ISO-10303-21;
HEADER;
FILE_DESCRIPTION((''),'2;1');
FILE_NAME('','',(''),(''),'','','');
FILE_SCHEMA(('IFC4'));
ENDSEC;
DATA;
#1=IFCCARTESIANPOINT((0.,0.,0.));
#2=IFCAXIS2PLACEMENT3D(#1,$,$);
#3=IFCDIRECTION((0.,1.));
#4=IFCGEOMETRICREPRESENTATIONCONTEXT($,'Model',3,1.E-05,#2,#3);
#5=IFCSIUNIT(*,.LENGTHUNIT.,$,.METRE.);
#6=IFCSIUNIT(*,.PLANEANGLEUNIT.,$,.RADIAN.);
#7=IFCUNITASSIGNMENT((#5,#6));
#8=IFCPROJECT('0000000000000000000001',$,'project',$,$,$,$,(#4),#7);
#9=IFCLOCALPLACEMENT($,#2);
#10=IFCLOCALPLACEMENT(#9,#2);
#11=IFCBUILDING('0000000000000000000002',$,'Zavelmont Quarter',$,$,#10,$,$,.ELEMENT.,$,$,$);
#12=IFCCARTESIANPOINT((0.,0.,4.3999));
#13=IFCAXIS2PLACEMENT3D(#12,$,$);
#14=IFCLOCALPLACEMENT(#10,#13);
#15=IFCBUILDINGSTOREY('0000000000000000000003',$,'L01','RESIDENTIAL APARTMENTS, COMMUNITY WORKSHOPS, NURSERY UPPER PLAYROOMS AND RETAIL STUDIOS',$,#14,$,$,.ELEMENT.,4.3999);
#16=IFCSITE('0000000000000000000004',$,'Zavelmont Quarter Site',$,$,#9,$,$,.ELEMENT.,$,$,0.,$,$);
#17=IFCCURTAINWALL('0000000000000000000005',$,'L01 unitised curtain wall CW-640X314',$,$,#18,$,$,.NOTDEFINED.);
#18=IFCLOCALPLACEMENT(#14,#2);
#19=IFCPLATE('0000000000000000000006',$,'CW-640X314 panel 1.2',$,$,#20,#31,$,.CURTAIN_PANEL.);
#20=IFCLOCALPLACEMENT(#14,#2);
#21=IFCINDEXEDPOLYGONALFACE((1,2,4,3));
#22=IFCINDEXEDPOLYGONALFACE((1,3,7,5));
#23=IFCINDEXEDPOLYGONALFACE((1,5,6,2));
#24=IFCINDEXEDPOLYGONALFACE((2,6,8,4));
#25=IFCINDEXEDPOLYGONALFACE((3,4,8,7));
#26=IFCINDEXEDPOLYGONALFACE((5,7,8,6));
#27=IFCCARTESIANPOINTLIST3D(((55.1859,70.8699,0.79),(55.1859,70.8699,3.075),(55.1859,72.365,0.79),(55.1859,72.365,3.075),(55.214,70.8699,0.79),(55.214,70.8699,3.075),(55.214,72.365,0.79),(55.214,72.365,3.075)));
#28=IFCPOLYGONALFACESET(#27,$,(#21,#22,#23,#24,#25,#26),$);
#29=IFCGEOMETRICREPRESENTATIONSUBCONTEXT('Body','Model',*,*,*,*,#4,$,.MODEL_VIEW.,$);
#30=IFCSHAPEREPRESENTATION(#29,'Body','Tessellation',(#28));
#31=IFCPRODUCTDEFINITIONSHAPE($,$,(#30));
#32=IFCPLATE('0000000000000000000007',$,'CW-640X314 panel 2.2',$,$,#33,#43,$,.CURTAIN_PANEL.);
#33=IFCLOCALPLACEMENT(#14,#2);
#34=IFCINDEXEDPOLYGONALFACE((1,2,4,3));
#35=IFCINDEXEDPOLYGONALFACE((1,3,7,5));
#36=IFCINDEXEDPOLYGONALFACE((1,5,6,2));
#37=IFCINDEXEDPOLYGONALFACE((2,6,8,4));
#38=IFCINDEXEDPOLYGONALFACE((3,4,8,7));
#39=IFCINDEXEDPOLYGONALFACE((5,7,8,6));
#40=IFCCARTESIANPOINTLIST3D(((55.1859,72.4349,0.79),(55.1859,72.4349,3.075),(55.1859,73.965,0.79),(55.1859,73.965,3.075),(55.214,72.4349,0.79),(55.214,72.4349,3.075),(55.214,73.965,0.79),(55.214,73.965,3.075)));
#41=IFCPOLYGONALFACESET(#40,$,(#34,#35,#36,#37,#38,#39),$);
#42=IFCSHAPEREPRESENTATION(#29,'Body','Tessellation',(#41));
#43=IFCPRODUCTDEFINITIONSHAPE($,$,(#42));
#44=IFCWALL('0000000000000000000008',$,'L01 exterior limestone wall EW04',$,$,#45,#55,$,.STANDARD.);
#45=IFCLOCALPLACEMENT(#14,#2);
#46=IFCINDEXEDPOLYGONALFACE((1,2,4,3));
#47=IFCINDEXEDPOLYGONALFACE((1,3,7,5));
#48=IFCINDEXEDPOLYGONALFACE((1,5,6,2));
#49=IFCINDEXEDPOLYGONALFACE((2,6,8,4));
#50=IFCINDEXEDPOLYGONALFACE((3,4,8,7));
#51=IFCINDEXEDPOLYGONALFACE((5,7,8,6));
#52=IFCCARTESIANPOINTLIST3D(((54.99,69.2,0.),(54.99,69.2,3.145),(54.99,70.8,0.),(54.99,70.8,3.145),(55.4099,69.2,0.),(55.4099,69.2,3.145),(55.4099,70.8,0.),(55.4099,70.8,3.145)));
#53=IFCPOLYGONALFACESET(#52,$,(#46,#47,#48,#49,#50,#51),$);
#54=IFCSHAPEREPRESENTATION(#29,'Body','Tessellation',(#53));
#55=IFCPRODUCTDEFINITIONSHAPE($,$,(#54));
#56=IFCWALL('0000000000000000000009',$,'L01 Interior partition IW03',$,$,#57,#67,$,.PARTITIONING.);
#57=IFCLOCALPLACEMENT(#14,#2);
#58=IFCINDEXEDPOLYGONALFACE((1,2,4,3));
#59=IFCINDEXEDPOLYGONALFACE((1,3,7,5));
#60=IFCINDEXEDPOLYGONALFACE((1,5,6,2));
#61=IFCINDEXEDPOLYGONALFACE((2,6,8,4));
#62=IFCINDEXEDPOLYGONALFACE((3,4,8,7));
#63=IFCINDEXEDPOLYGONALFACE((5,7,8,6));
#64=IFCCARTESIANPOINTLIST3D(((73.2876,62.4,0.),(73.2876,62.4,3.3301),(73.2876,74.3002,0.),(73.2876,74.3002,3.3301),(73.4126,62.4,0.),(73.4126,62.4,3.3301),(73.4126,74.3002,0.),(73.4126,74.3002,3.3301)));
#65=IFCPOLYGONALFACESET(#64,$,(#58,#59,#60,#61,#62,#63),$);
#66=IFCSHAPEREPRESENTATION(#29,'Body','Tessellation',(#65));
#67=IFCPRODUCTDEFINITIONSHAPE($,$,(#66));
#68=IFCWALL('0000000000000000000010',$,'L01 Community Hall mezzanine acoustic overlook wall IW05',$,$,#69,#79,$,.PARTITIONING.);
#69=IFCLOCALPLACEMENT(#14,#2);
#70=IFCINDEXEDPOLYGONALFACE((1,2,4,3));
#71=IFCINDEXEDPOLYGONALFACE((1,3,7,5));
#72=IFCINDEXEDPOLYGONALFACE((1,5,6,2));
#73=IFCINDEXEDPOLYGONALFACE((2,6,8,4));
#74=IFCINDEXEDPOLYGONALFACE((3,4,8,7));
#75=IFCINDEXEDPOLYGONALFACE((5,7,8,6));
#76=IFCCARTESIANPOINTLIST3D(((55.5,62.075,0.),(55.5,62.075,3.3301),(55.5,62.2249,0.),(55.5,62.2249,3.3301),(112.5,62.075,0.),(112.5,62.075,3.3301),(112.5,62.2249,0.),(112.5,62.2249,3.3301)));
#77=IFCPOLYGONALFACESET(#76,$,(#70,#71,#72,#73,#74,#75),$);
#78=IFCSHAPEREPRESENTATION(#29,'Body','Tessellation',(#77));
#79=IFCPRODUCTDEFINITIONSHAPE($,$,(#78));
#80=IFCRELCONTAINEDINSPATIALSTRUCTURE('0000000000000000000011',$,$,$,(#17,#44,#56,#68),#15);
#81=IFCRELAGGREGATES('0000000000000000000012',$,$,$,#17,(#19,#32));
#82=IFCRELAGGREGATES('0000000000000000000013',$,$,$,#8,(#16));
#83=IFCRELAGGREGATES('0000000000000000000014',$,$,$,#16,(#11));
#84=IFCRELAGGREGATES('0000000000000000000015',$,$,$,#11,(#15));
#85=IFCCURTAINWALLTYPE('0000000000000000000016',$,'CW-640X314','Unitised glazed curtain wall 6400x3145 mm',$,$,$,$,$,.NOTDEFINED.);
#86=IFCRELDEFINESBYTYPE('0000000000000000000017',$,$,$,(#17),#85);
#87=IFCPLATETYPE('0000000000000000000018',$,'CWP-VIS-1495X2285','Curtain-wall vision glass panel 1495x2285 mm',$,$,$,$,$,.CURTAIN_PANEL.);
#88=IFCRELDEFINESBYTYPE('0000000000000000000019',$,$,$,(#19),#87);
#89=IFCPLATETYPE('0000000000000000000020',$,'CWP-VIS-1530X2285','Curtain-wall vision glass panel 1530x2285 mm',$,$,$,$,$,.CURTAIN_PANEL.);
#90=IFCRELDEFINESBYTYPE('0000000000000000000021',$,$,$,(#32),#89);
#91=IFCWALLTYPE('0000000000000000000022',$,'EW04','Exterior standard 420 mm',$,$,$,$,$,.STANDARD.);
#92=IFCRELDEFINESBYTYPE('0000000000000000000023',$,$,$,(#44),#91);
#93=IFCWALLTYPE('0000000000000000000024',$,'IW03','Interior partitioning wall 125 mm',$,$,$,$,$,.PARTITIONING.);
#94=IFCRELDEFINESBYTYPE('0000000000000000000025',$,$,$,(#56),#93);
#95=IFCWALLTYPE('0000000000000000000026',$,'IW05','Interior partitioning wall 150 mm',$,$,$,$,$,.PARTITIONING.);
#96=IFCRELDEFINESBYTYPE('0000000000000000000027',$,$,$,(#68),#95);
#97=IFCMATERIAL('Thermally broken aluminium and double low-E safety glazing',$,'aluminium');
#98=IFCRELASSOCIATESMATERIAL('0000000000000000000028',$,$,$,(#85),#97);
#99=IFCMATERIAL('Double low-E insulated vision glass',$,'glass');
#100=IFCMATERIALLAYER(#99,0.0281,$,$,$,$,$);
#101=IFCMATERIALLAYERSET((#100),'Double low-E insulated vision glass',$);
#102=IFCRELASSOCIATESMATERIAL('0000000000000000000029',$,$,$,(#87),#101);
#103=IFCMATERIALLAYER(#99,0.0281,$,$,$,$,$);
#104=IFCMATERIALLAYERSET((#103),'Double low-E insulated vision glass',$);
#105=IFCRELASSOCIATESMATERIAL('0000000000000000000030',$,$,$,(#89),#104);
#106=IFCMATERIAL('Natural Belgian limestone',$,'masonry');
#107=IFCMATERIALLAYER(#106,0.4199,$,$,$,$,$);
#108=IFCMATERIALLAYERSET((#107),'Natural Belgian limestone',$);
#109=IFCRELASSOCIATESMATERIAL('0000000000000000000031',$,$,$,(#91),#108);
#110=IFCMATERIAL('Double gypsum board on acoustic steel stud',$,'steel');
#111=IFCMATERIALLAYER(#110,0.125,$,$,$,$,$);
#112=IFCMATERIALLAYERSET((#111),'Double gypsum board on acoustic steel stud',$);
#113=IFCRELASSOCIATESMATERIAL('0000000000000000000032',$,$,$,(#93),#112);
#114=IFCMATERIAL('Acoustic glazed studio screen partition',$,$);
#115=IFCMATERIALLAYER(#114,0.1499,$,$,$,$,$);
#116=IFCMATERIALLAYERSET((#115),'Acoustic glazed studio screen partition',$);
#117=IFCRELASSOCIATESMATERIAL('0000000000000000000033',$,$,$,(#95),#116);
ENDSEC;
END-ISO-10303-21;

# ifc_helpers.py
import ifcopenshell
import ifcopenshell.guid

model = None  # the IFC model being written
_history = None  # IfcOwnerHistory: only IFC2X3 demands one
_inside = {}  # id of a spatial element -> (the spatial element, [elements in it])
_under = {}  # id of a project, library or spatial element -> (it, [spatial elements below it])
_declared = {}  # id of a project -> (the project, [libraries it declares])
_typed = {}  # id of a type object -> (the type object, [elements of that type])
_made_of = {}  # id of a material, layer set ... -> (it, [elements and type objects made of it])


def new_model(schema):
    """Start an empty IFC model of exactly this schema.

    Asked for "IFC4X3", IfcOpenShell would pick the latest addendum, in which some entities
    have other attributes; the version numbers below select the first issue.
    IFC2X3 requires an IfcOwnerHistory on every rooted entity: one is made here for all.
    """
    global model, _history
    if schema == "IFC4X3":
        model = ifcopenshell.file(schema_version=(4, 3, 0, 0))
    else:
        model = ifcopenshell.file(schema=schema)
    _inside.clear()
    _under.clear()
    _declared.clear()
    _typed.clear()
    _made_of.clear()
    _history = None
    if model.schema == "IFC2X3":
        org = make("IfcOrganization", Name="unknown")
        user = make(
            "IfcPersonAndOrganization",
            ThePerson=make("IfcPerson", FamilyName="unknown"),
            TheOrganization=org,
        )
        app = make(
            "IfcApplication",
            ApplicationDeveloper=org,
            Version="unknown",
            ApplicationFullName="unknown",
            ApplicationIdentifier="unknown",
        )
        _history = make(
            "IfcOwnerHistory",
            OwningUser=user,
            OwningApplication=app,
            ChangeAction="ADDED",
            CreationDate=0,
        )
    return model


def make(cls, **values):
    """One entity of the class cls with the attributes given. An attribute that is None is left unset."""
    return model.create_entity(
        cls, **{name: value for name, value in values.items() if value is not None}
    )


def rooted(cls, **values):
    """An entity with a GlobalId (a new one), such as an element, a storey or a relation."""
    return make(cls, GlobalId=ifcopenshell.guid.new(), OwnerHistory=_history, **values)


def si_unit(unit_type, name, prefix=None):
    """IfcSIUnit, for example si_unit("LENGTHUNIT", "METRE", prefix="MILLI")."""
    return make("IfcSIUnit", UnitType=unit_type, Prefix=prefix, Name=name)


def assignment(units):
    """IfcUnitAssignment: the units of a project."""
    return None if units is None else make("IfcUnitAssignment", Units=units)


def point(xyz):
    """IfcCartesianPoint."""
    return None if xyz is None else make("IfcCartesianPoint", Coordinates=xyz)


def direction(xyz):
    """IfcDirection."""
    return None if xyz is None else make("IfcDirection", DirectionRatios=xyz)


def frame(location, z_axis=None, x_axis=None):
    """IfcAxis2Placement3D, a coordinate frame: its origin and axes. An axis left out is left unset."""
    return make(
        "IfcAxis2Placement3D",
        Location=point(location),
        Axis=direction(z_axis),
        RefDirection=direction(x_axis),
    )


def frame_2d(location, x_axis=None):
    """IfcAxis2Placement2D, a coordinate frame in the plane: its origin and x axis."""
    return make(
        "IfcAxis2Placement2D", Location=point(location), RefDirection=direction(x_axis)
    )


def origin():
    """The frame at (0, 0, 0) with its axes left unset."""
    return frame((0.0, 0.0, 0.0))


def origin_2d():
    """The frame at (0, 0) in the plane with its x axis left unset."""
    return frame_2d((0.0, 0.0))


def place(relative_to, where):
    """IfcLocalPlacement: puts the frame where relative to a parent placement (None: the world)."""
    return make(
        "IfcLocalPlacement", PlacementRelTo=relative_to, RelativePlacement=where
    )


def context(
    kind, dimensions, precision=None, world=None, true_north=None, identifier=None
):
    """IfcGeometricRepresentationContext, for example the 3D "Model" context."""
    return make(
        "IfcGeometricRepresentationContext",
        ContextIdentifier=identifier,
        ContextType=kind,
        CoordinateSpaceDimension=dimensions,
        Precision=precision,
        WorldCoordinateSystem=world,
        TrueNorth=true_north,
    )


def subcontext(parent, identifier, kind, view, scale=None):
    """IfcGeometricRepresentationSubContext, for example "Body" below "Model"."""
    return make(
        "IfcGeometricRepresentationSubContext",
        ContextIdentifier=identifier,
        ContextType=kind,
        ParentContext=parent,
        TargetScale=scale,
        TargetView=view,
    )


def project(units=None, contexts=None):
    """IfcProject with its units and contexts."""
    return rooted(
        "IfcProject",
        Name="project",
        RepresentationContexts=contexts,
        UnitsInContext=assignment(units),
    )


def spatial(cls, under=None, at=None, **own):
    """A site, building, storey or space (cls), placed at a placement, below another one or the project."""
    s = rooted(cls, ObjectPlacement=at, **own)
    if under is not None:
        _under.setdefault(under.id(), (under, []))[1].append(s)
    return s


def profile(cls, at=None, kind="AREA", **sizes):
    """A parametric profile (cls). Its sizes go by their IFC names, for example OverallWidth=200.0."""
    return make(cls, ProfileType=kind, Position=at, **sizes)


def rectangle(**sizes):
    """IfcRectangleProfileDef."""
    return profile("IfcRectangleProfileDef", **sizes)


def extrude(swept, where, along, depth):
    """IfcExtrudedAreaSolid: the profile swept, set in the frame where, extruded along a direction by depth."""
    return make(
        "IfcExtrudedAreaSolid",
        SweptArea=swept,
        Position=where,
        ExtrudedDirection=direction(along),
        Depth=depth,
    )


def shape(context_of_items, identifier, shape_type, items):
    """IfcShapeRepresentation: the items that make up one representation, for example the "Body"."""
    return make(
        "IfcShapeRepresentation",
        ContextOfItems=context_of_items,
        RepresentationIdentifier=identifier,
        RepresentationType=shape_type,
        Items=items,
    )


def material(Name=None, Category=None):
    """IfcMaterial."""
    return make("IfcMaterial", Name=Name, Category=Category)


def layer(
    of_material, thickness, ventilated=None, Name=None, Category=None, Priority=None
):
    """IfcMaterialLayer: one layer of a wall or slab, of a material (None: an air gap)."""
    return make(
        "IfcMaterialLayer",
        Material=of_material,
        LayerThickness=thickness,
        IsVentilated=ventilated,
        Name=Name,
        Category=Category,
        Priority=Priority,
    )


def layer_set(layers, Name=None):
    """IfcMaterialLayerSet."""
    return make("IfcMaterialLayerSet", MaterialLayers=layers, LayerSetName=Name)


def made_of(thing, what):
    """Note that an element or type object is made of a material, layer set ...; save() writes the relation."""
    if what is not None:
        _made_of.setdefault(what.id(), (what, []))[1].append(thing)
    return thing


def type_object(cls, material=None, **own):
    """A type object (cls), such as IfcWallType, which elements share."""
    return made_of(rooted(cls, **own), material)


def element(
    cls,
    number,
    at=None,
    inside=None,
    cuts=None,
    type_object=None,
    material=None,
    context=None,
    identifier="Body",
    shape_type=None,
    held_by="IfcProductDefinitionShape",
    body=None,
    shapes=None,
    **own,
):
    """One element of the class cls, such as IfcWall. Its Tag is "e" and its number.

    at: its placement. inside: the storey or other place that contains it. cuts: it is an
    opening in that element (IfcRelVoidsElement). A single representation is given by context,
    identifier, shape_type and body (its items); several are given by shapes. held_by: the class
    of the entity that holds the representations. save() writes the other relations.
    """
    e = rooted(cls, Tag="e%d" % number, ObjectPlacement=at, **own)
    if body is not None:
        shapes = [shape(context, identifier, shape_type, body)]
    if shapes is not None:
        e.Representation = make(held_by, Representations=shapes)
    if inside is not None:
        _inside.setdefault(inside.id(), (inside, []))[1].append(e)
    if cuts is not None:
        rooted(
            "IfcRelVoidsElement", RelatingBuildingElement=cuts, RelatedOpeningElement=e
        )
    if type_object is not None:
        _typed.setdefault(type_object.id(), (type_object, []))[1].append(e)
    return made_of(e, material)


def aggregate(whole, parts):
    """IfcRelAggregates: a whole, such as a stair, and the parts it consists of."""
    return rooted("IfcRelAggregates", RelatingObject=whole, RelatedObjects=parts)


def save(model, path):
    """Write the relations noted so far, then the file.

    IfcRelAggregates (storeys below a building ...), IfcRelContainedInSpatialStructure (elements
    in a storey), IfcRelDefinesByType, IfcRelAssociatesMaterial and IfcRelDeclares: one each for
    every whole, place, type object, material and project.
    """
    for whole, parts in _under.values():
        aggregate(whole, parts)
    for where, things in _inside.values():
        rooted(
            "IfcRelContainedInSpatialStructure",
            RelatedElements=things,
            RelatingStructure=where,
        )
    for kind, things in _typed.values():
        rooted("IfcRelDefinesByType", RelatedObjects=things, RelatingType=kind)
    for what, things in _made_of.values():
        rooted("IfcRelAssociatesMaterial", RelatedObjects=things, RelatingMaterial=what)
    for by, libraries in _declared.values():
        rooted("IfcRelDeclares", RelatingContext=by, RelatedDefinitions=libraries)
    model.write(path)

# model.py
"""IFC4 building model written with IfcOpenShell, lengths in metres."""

from ifc_helpers import new_model, si_unit, direction, frame, frame_2d, origin, origin_2d, place, context, subcontext, project, spatial, rectangle, extrude, material, layer, layer_set, type_object, element, aggregate, save


model = new_model("IFC4")

# Units and contexts
model_context = context("Model", 3, precision=1e-05, world=origin(), true_north=direction((0.0, 1.0)))
body_context = subcontext(model_context, "Body", "Model", "MODEL_VIEW")
ifc_project = project(units=[si_unit("LENGTHUNIT", "METRE"), si_unit("PLANEANGLEUNIT", "RADIAN")], contexts=[model_context])

# Site, building, storey
site_placement = place(None, origin())
site = spatial("IfcSite", under=ifc_project, at=site_placement, Name="Zavelmont Quarter Site", CompositionType="ELEMENT", RefElevation=0.0)
building_placement = place(site_placement, origin())
building = spatial("IfcBuilding", under=site, at=building_placement, Name="Zavelmont Quarter", CompositionType="ELEMENT")
storey_placement = place(building_placement, frame((0.0, 0.0, 4.3999)))
storey = spatial("IfcBuildingStorey", under=building, at=storey_placement, Name="L01", Description="RESIDENTIAL APARTMENTS, COMMUNITY WORKSHOPS, NURSERY UPPER PLAYROOMS AND RETAIL STUDIOS", CompositionType="ELEMENT", Elevation=4.3999)

# Shared definitions
ifc_material_1 = material(Name="Thermally broken aluminium and double low-E safety glazing", Category="aluminium")

# Curtain wall, plates
curtain_wall_type_1 = type_object("IfcCurtainWallType", Name="CW-640X314", Description="Unitised glazed curtain wall 6400x3145 mm", PredefinedType="NOTDEFINED", material=ifc_material_1)
curtain_wall_1_placement = place(storey_placement, origin())
curtain_wall_1 = element("IfcCurtainWall", 1, at=curtain_wall_1_placement, inside=storey, type_object=curtain_wall_type_1, Name="L01 unitised curtain wall CW-640X314", PredefinedType="NOTDEFINED")
ifc_material_2 = material(Name="Double low-E insulated vision glass", Category="glass")
ifc_layer_1 = layer(ifc_material_2, 0.0281)
ifc_layer_set_1 = layer_set([ifc_layer_1], Name="Double low-E insulated vision glass")
plate_type_1 = type_object("IfcPlateType", Name="CWP-VIS-1495X2285", Description="Curtain-wall vision glass panel 1495x2285 mm", PredefinedType="CURTAIN_PANEL", material=ifc_layer_set_1)
plate_1_placement = place(storey_placement, frame((55.2, 71.6174, 0.79), z_axis=(0.0, 0.0, 1.0), x_axis=(0.0, 1.0, 0.0)))
plate_1 = element("IfcPlate", 2, at=plate_1_placement, type_object=plate_type_1, Name="CW-640X314 panel 1.2", PredefinedType="CURTAIN_PANEL", context=body_context, shape_type="SweptSolid", body=[
    extrude(rectangle(XDim=1.4951, YDim=0.0281, at=origin_2d()), origin(), (0.0, 0.0, 1.0), 2.2849),
])
ifc_layer_2 = layer(ifc_material_2, 0.0281)
ifc_layer_set_2 = layer_set([ifc_layer_2], Name="Double low-E insulated vision glass")
plate_type_2 = type_object("IfcPlateType", Name="CWP-VIS-1530X2285", Description="Curtain-wall vision glass panel 1530x2285 mm", PredefinedType="CURTAIN_PANEL", material=ifc_layer_set_2)
plate_2_placement = place(storey_placement, frame((55.2, 73.2, 0.79), z_axis=(0.0, 0.0, 1.0), x_axis=(0.0, 1.0, 0.0)))
plate_2 = element("IfcPlate", 3, at=plate_2_placement, type_object=plate_type_2, Name="CW-640X314 panel 2.2", PredefinedType="CURTAIN_PANEL", context=body_context, shape_type="SweptSolid", body=[
    extrude(rectangle(XDim=1.53, YDim=0.0281, at=origin_2d()), origin(), (0.0, 0.0, 1.0), 2.2849),
])
aggregate(curtain_wall_1, [plate_1, plate_2])

# Walls
ifc_material_3 = material(Name="Natural Belgian limestone", Category="masonry")
ifc_layer_3 = layer(ifc_material_3, 0.4199)
ifc_layer_set_3 = layer_set([ifc_layer_3], Name="Natural Belgian limestone")
wall_type_1 = type_object("IfcWallType", Name="EW04", Description="Exterior standard 420 mm", PredefinedType="STANDARD", material=ifc_layer_set_3)
wall_1_placement = place(storey_placement, frame((55.2, 69.2, 0.0), z_axis=(0.0, 0.0, 1.0), x_axis=(0.0, 1.0, 0.0)))
element("IfcWall", 4, at=wall_1_placement, inside=storey, type_object=wall_type_1, Name="L01 exterior limestone wall EW04", PredefinedType="STANDARD", context=body_context, shape_type="SweptSolid", body=[
    extrude(rectangle(XDim=1.6001, YDim=0.4199, at=frame_2d((0.8, 0.0))), origin(), (0.0, 0.0, 1.0), 3.145),
])
ifc_material_4 = material(Name="Double gypsum board on acoustic steel stud", Category="steel")
ifc_layer_4 = layer(ifc_material_4, 0.125)
ifc_layer_set_4 = layer_set([ifc_layer_4], Name="Double gypsum board on acoustic steel stud")
wall_type_2 = type_object("IfcWallType", Name="IW03", Description="Interior partitioning wall 125 mm", PredefinedType="PARTITIONING", material=ifc_layer_set_4)
wall_2_placement = place(storey_placement, frame((73.3501, 62.3999, 0.0), z_axis=(0.0, 0.0, 1.0), x_axis=(0.0, 1.0, 0.0)))
element("IfcWall", 5, at=wall_2_placement, inside=storey, type_object=wall_type_2, Name="L01 Interior partition IW03", PredefinedType="PARTITIONING", context=body_context, shape_type="SweptSolid", body=[
    extrude(rectangle(XDim=11.9001, YDim=0.125, at=frame_2d((5.9502, 0.0))), origin(), (0.0, 0.0, 1.0), 3.3301),
])
ifc_material_5 = material(Name="Acoustic glazed studio screen partition")
ifc_layer_5 = layer(ifc_material_5, 0.1499)
ifc_layer_set_5 = layer_set([ifc_layer_5], Name="Acoustic glazed studio screen partition")
wall_type_3 = type_object("IfcWallType", Name="IW05", Description="Interior partitioning wall 150 mm", PredefinedType="PARTITIONING", material=ifc_layer_set_5)
wall_3_placement = place(storey_placement, frame((55.5, 62.1499, 0.0), z_axis=(0.0, 0.0, 1.0), x_axis=(1.0, 0.0, 0.0)))
element("IfcWall", 6, at=wall_3_placement, inside=storey, type_object=wall_type_3, Name="L01 Community Hall mezzanine acoustic overlook wall IW05", PredefinedType="PARTITIONING", context=body_context, shape_type="SweptSolid", body=[
    extrude(rectangle(XDim=57.0, YDim=0.1499, at=frame_2d((28.5, 0.0))), origin(), (0.0, 0.0, 1.0), 3.3301),
])

save(model, "model.ifc")
